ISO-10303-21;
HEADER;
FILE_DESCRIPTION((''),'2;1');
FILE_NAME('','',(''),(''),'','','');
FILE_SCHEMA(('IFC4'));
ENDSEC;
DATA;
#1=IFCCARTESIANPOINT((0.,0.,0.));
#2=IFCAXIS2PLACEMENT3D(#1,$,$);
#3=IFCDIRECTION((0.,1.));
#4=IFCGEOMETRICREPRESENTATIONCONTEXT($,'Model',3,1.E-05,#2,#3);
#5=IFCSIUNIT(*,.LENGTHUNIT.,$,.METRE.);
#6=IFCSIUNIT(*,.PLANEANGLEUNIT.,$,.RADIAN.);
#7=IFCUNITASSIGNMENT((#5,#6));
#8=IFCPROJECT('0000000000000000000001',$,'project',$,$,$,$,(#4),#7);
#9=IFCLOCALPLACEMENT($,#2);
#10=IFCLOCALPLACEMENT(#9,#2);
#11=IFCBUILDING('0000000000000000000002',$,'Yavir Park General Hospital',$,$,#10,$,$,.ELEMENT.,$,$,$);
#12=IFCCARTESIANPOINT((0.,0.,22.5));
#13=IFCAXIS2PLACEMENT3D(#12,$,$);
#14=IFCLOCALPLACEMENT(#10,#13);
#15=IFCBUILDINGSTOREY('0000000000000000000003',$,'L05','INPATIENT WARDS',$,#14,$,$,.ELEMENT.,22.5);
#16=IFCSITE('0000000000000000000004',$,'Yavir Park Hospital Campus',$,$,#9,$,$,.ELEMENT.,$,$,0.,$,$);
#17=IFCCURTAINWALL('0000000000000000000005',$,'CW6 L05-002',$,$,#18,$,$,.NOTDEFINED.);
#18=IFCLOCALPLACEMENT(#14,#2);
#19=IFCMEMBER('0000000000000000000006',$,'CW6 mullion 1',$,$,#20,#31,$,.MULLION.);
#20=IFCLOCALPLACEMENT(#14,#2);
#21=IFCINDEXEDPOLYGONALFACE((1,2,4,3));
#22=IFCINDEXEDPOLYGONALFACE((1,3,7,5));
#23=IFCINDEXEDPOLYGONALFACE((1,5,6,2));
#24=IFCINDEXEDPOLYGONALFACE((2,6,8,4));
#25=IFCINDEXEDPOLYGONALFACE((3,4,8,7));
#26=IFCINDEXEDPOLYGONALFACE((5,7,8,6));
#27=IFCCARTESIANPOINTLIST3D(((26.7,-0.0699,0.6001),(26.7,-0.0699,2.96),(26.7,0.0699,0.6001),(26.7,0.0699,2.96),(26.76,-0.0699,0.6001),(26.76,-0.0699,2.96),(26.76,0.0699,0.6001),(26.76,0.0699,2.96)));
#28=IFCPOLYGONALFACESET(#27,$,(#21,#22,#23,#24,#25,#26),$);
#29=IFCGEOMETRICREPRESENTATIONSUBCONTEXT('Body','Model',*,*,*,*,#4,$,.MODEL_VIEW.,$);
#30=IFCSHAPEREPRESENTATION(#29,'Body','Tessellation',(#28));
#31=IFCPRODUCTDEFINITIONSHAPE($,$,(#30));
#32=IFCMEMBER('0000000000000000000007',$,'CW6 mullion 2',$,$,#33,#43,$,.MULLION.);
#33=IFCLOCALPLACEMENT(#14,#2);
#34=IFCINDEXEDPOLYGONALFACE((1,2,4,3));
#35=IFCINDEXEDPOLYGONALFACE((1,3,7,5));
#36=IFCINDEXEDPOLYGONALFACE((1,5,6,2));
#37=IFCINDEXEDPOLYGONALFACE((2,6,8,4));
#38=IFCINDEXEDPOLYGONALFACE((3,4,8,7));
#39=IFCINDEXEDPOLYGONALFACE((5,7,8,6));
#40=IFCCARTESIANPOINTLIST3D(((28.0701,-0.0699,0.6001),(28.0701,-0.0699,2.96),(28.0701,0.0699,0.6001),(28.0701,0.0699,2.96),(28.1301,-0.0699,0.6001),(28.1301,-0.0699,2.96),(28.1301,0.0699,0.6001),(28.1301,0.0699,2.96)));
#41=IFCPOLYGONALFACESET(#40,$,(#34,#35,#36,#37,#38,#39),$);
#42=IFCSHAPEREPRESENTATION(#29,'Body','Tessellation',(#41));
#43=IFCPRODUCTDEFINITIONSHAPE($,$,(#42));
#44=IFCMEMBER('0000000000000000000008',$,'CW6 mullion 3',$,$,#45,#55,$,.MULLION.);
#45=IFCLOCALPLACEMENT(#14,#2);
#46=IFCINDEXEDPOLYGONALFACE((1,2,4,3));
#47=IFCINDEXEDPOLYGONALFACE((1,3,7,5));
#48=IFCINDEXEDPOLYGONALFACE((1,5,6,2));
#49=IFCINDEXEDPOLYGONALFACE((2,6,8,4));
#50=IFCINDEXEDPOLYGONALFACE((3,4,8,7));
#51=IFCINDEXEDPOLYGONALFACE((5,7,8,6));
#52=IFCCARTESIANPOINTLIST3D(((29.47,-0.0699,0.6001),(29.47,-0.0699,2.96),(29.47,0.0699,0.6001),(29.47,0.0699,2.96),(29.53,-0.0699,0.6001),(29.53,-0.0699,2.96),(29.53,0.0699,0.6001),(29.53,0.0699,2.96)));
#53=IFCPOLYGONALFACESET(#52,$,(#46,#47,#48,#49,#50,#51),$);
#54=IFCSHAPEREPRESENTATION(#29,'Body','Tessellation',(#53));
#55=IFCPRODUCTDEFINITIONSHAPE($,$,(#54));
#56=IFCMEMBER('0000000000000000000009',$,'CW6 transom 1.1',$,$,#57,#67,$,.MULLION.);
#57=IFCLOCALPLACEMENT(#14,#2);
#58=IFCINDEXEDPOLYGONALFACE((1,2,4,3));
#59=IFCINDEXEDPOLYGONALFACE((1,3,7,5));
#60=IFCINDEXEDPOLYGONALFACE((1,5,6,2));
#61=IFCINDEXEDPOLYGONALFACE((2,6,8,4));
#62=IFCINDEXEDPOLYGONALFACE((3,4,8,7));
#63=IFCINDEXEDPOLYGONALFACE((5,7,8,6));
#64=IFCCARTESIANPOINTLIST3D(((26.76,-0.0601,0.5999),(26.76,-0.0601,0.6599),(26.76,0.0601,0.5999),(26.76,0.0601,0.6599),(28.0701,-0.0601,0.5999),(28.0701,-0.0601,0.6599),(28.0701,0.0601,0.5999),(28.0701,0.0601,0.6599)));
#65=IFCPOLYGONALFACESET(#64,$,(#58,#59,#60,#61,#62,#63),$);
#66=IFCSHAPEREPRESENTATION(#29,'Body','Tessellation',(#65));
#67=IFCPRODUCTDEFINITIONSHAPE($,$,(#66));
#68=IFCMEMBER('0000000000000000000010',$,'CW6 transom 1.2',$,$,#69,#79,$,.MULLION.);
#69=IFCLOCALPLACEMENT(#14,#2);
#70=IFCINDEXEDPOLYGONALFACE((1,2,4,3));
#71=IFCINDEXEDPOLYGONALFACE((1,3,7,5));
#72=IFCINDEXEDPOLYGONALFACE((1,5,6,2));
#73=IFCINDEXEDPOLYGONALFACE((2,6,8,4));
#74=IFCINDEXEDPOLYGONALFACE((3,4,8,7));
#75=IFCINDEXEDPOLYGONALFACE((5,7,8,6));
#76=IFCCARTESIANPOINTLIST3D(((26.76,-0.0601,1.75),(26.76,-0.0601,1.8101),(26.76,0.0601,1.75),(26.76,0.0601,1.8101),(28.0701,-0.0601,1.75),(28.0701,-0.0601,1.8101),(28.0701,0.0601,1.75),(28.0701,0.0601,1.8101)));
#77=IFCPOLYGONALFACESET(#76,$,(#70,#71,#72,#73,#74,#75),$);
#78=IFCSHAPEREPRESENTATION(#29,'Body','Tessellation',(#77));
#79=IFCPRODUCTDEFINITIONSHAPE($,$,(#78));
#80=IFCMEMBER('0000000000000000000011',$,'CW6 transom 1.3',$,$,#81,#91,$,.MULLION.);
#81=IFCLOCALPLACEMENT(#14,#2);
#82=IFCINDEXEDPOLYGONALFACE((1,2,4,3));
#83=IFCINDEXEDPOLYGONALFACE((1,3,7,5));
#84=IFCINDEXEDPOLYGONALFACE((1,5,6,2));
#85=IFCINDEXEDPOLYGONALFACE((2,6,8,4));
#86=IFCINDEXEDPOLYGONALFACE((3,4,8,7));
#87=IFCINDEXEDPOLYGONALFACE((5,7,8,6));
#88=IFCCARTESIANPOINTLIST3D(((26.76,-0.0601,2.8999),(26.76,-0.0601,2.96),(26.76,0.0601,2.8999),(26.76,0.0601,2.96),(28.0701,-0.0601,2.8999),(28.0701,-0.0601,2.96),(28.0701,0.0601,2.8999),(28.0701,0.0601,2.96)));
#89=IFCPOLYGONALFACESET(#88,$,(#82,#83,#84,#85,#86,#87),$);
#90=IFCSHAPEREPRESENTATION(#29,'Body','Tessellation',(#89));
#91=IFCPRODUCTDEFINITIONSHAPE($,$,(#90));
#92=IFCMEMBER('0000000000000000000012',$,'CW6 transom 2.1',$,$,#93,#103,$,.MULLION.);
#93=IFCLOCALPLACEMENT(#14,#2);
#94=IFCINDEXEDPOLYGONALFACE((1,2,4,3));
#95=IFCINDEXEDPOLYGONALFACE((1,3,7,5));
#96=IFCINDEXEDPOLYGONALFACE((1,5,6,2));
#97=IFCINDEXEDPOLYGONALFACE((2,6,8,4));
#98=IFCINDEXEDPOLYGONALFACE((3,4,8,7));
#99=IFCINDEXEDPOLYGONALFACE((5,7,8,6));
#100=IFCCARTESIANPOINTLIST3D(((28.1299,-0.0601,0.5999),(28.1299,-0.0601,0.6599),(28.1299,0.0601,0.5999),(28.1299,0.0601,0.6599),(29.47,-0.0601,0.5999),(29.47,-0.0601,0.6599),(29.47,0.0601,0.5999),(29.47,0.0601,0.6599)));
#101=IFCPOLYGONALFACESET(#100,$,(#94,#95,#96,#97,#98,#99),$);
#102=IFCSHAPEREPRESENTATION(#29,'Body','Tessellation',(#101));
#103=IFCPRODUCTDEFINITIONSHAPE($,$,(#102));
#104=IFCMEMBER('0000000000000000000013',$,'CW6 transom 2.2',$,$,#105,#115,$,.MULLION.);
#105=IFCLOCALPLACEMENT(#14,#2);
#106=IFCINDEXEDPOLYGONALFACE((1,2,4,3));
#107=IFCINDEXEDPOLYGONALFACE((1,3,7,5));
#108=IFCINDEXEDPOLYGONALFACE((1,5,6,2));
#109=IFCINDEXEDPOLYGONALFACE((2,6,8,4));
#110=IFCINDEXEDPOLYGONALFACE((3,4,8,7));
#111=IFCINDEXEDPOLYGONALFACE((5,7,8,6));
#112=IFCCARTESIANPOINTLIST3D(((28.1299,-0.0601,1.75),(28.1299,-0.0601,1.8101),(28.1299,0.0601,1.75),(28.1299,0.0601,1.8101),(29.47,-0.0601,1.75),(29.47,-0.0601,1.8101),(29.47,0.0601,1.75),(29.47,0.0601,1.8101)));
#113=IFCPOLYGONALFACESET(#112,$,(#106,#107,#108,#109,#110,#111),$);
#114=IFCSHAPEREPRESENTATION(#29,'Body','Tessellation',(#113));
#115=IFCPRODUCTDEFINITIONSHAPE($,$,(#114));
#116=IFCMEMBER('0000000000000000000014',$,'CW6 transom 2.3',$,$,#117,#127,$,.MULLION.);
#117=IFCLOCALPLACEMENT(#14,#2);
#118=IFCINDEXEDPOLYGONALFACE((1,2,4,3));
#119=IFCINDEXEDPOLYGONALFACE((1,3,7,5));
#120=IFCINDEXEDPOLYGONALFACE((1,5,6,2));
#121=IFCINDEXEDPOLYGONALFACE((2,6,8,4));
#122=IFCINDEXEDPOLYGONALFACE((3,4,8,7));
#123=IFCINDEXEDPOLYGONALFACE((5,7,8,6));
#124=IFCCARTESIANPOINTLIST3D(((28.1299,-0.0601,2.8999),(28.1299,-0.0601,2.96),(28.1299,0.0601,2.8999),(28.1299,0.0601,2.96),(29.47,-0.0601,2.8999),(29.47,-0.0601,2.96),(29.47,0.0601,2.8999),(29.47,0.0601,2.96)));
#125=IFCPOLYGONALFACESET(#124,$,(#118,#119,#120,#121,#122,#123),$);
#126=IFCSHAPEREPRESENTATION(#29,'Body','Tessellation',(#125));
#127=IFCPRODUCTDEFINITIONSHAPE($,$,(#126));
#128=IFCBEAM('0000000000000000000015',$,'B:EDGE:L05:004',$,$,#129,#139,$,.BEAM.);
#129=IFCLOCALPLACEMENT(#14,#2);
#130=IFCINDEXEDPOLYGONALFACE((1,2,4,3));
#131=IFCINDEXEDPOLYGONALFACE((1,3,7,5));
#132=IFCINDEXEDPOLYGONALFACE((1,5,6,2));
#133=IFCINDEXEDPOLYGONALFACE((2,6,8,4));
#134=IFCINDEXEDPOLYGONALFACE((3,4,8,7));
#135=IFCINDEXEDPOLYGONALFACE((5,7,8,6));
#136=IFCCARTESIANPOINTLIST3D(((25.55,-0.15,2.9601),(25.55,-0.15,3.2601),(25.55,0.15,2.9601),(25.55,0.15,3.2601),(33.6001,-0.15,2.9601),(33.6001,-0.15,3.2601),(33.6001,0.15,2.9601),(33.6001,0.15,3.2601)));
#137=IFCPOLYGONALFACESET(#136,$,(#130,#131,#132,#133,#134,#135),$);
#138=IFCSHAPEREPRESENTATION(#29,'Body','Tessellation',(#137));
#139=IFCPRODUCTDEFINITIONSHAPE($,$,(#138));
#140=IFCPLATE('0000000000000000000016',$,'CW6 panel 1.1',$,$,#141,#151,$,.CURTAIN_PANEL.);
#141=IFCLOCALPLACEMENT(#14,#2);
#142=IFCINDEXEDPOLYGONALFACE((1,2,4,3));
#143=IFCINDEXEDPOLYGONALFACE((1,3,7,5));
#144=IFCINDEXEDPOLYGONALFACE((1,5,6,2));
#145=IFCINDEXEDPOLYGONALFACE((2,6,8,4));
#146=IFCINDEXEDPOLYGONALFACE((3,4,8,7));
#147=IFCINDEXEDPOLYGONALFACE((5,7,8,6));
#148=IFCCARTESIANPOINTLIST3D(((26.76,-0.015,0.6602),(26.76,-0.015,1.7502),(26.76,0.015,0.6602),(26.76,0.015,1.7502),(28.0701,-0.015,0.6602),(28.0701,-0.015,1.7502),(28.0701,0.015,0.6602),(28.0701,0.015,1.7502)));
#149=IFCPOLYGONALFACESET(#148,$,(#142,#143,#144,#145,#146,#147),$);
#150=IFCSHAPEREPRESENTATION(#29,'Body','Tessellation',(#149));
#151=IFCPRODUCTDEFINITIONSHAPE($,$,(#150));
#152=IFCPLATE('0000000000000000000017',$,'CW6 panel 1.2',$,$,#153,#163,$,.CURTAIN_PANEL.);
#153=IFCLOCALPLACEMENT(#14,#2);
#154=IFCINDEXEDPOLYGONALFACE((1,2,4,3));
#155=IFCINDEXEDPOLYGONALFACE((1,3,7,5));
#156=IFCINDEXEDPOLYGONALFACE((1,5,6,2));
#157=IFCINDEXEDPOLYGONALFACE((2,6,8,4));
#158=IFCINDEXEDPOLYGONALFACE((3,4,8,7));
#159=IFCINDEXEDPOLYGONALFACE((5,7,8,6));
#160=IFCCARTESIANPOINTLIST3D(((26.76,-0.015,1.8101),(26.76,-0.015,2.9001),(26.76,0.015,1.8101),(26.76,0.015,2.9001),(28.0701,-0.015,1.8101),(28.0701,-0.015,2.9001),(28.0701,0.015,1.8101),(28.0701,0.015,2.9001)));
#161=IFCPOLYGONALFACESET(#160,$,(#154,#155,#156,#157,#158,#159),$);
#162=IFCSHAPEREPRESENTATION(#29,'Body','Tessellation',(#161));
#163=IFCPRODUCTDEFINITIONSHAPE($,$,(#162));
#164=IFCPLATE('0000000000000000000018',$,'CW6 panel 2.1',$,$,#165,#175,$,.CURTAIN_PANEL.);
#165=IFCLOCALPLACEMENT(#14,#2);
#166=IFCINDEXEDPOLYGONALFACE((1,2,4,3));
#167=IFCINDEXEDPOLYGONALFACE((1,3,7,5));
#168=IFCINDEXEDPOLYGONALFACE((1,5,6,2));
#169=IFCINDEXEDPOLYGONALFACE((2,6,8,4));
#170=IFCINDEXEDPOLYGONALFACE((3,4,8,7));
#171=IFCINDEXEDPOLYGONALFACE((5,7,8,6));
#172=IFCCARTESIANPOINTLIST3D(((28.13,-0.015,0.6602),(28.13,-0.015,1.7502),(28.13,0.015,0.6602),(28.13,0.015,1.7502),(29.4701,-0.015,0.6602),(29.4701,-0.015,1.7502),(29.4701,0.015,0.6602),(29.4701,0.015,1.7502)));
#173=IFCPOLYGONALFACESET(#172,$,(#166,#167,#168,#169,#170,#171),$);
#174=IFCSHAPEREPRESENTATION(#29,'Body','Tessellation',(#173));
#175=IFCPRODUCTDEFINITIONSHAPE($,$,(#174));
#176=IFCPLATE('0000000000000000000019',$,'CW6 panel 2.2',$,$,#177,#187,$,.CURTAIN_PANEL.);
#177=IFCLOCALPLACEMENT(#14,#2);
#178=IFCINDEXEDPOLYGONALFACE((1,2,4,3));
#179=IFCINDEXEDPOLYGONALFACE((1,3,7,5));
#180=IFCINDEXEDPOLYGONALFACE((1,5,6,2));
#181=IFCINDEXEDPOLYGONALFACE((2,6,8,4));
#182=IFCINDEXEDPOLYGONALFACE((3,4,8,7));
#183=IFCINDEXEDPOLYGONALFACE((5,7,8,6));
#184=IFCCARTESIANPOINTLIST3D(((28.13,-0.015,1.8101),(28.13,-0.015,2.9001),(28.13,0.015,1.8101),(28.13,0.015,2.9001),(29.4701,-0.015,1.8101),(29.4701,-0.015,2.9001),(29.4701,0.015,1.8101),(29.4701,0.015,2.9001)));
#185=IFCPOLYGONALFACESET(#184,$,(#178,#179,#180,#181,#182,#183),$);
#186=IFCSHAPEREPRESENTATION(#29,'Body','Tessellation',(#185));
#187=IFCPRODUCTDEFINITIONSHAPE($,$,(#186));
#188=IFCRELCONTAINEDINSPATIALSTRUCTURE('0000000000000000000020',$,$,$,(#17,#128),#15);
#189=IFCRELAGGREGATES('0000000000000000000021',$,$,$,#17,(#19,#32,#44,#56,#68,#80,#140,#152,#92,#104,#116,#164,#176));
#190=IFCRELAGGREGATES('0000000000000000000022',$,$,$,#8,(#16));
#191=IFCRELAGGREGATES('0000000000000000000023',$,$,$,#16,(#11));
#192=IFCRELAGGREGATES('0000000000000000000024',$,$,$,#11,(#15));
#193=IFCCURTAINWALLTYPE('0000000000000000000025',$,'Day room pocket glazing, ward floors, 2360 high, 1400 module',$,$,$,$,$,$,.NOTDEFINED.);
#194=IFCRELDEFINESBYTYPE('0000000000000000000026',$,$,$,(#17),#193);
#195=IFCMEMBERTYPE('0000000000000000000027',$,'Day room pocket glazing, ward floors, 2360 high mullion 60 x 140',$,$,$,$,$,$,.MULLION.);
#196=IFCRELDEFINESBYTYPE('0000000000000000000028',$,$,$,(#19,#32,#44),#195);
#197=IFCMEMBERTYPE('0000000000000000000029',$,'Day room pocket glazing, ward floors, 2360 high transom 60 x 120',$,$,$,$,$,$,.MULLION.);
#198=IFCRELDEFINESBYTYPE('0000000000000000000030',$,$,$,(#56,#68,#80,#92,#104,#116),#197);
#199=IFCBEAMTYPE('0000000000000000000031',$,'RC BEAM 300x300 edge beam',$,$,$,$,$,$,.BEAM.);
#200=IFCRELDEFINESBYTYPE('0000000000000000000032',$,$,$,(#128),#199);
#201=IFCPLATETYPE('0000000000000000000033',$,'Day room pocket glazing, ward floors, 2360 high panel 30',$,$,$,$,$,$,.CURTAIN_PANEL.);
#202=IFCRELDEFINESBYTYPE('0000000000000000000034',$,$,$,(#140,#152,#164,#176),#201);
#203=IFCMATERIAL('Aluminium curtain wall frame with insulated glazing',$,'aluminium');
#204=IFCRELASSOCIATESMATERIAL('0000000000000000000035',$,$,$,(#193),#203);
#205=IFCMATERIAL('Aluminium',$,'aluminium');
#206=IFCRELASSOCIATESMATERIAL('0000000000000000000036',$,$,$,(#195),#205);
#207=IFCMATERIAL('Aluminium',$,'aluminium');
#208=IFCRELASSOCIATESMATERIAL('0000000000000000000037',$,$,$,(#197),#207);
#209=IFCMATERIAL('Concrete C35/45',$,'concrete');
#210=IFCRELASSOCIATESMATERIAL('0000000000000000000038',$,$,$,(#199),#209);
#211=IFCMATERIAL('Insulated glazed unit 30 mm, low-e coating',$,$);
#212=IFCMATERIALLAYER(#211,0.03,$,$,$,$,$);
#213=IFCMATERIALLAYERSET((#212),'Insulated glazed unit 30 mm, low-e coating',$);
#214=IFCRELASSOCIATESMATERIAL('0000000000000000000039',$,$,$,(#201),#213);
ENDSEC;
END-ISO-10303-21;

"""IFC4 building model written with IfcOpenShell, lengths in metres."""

from ifc_helpers import new_model, si_unit, direction, frame, origin, origin_2d, place, context, subcontext, project, spatial, rectangle, extrude, material, layer, layer_set, material_profile, profile_set, type_object, element, aggregate, save


model = new_model("IFC4")

# Units and contexts
model_context = context("Model", 3, precision=1e-05, world=origin(), true_north=direction((0.0, 1.0)))
body_context = subcontext(model_context, "Body", "Model", "MODEL_VIEW")
ifc_project = project(units=[si_unit("LENGTHUNIT", "METRE"), si_unit("PLANEANGLEUNIT", "RADIAN")], contexts=[model_context])

# Site, building, storey
site_placement = place(None, origin())
site = spatial("IfcSite", under=ifc_project, at=site_placement, Name="Yavir Park Hospital Campus", CompositionType="ELEMENT", RefElevation=0.0)
building_placement = place(site_placement, origin())
building = spatial("IfcBuilding", under=site, at=building_placement, Name="Yavir Park General Hospital", CompositionType="ELEMENT")
storey_placement = place(building_placement, frame((0.0, 0.0, 22.5)))
storey = spatial("IfcBuildingStorey", under=building, at=storey_placement, Name="L05", Description="INPATIENT WARDS", CompositionType="ELEMENT", Elevation=22.5)

# Curtain wall, members
ifc_material_1 = material(Name="Aluminium curtain wall frame with insulated glazing", Category="aluminium")
curtain_wall_type = type_object("IfcCurtainWallType", Name="Day room pocket glazing, ward floors, 2360 high, 1400 module", PredefinedType="NOTDEFINED", material=ifc_material_1)
curtain_wall_placement = place(storey_placement, origin())
curtain_wall = element("IfcCurtainWall", 1, at=curtain_wall_placement, inside=storey, type_object=curtain_wall_type, Name="CW6 L05-002", PredefinedType="NOTDEFINED")
ifc_material_2 = material(Name="Aluminium", Category="aluminium")
ifc_material_profile_1 = material_profile(ifc_material_2, rectangle(XDim=0.1399, YDim=0.0601, at=origin_2d()), Name="AL 60x140")
ifc_profile_set_1 = profile_set([ifc_material_profile_1], Name="Aluminium")
member_type_1 = type_object("IfcMemberType", Name="Day room pocket glazing, ward floors, 2360 high mullion 60 x 140", PredefinedType="MULLION", material=ifc_profile_set_1)
member_1_placement = place(storey_placement, frame((26.73, 0.0, 0.6001), z_axis=(0.0, 0.0, 1.0), x_axis=(0.0, 1.0, 0.0)))
member_1 = element("IfcMember", 2, at=member_1_placement, type_object=member_type_1, Name="CW6 mullion 1", PredefinedType="MULLION", context=body_context, shape_type="SweptSolid", body=[
    extrude(rectangle(XDim=0.1399, YDim=0.0601, at=origin_2d()), origin(), (0.0, 0.0, 1.0), 2.3599),
])
member_2_placement = place(storey_placement, frame((28.1001, 0.0, 0.6001), z_axis=(0.0, 0.0, 1.0), x_axis=(0.0, 1.0, 0.0)))
member_2 = element("IfcMember", 3, at=member_2_placement, type_object=member_type_1, Name="CW6 mullion 2", PredefinedType="MULLION", context=body_context, shape_type="SweptSolid", body=[
    extrude(rectangle(XDim=0.1399, YDim=0.0601, at=origin_2d()), origin(), (0.0, 0.0, 1.0), 2.3599),
])
member_3_placement = place(storey_placement, frame((29.5, 0.0, 0.6001), z_axis=(0.0, 0.0, 1.0), x_axis=(0.0, 1.0, 0.0)))
member_3 = element("IfcMember", 4, at=member_3_placement, type_object=member_type_1, Name="CW6 mullion 3", PredefinedType="MULLION", context=body_context, shape_type="SweptSolid", body=[
    extrude(rectangle(XDim=0.1399, YDim=0.0601, at=origin_2d()), origin(), (0.0, 0.0, 1.0), 2.3599),
])
ifc_material_3 = material(Name="Aluminium", Category="aluminium")
ifc_material_profile_2 = material_profile(ifc_material_3, rectangle(XDim=0.1201, YDim=0.0601, at=origin_2d()), Name="AL 120x60")
ifc_profile_set_2 = profile_set([ifc_material_profile_2], Name="Aluminium")
member_type_2 = type_object("IfcMemberType", Name="Day room pocket glazing, ward floors, 2360 high transom 60 x 120", PredefinedType="MULLION", material=ifc_profile_set_2)
member_4_placement = place(storey_placement, frame((26.76, 0.0, 0.6299), z_axis=(1.0, 0.0, 0.0), x_axis=(0.0, 1.0, 0.0)))
member_4 = element("IfcMember", 5, at=member_4_placement, type_object=member_type_2, Name="CW6 transom 1.1", PredefinedType="MULLION", context=body_context, shape_type="SweptSolid", body=[
    extrude(rectangle(XDim=0.1201, YDim=0.0601, at=origin_2d()), origin(), (0.0, 0.0, 1.0), 1.3101),
])
member_5_placement = place(storey_placement, frame((26.76, 0.0, 1.78), z_axis=(1.0, 0.0, 0.0), x_axis=(0.0, 1.0, 0.0)))
member_5 = element("IfcMember", 6, at=member_5_placement, type_object=member_type_2, Name="CW6 transom 1.2", PredefinedType="MULLION", context=body_context, shape_type="SweptSolid", body=[
    extrude(rectangle(XDim=0.1201, YDim=0.0601, at=origin_2d()), origin(), (0.0, 0.0, 1.0), 1.3101),
])
member_6_placement = place(storey_placement, frame((26.76, 0.0, 2.9299), z_axis=(1.0, 0.0, 0.0), x_axis=(0.0, 1.0, 0.0)))
member_6 = element("IfcMember", 7, at=member_6_placement, type_object=member_type_2, Name="CW6 transom 1.3", PredefinedType="MULLION", context=body_context, shape_type="SweptSolid", body=[
    extrude(rectangle(XDim=0.1201, YDim=0.0601, at=origin_2d()), origin(), (0.0, 0.0, 1.0), 1.3101),
])
member_7_placement = place(storey_placement, frame((28.1299, 0.0, 0.6299), z_axis=(1.0, 0.0, 0.0), x_axis=(0.0, 1.0, 0.0)))
member_7 = element("IfcMember", 8, at=member_7_placement, type_object=member_type_2, Name="CW6 transom 2.1", PredefinedType="MULLION", context=body_context, shape_type="SweptSolid", body=[
    extrude(rectangle(XDim=0.1201, YDim=0.0601, at=origin_2d()), origin(), (0.0, 0.0, 1.0), 1.3401),
])
member_8_placement = place(storey_placement, frame((28.1299, 0.0, 1.78), z_axis=(1.0, 0.0, 0.0), x_axis=(0.0, 1.0, 0.0)))
member_8 = element("IfcMember", 9, at=member_8_placement, type_object=member_type_2, Name="CW6 transom 2.2", PredefinedType="MULLION", context=body_context, shape_type="SweptSolid", body=[
    extrude(rectangle(XDim=0.1201, YDim=0.0601, at=origin_2d()), origin(), (0.0, 0.0, 1.0), 1.3401),
])
member_9_placement = place(storey_placement, frame((28.1299, 0.0, 2.9299), z_axis=(1.0, 0.0, 0.0), x_axis=(0.0, 1.0, 0.0)))
member_9 = element("IfcMember", 10, at=member_9_placement, type_object=member_type_2, Name="CW6 transom 2.3", PredefinedType="MULLION", context=body_context, shape_type="SweptSolid", body=[
    extrude(rectangle(XDim=0.1201, YDim=0.0601, at=origin_2d()), origin(), (0.0, 0.0, 1.0), 1.3401),
])

# Beam
ifc_material_4 = material(Name="Concrete C35/45", Category="concrete")
ifc_material_profile_3 = material_profile(ifc_material_4, rectangle(XDim=0.3, YDim=0.3, at=origin_2d()), Name="RC300x300")
ifc_profile_set_3 = profile_set([ifc_material_profile_3], Name="Concrete C35/45")
beam_type = type_object("IfcBeamType", Name="RC BEAM 300x300 edge beam", PredefinedType="BEAM", material=ifc_profile_set_3)
beam_placement = place(storey_placement, frame((25.55, 0.0, 3.1101), z_axis=(1.0, 0.0, 0.0), x_axis=(0.0, 1.0, 0.0)))
element("IfcBeam", 11, at=beam_placement, inside=storey, type_object=beam_type, Name="B:EDGE:L05:004", PredefinedType="BEAM", context=body_context, shape_type="SweptSolid", body=[
    extrude(rectangle(XDim=0.3, YDim=0.3, at=origin_2d()), origin(), (0.0, 0.0, 1.0), 8.05),
])

# Plates
ifc_material_5 = material(Name="Insulated glazed unit 30 mm, low-e coating")
ifc_layer_1 = layer(ifc_material_5, 0.03)
ifc_layer_set_1 = layer_set([ifc_layer_1], Name="Insulated glazed unit 30 mm, low-e coating")
plate_type = type_object("IfcPlateType", Name="Day room pocket glazing, ward floors, 2360 high panel 30", PredefinedType="CURTAIN_PANEL", material=ifc_layer_set_1)
plate_1_placement = place(storey_placement, frame((27.415, 0.0, 0.6602), z_axis=(0.0, 0.0, 1.0), x_axis=(1.0, 0.0, 0.0)))
plate_1 = element("IfcPlate", 12, at=plate_1_placement, type_object=plate_type, Name="CW6 panel 1.1", PredefinedType="CURTAIN_PANEL", context=body_context, shape_type="SweptSolid", body=[
    extrude(rectangle(XDim=1.3101, YDim=0.03, at=origin_2d()), origin(), (0.0, 0.0, 1.0), 1.0901),
])
plate_2_placement = place(storey_placement, frame((27.415, 0.0, 1.8101), z_axis=(0.0, 0.0, 1.0), x_axis=(1.0, 0.0, 0.0)))
plate_2 = element("IfcPlate", 13, at=plate_2_placement, type_object=plate_type, Name="CW6 panel 1.2", PredefinedType="CURTAIN_PANEL", context=body_context, shape_type="SweptSolid", body=[
    extrude(rectangle(XDim=1.3101, YDim=0.03, at=origin_2d()), origin(), (0.0, 0.0, 1.0), 1.0901),
])
plate_3_placement = place(storey_placement, frame((28.8, 0.0, 0.6602), z_axis=(0.0, 0.0, 1.0), x_axis=(1.0, 0.0, 0.0)))
plate_3 = element("IfcPlate", 14, at=plate_3_placement, type_object=plate_type, Name="CW6 panel 2.1", PredefinedType="CURTAIN_PANEL", context=body_context, shape_type="SweptSolid", body=[
    extrude(rectangle(XDim=1.3401, YDim=0.03, at=origin_2d()), origin(), (0.0, 0.0, 1.0), 1.0901),
])
plate_4_placement = place(storey_placement, frame((28.8, 0.0, 1.8101), z_axis=(0.0, 0.0, 1.0), x_axis=(1.0, 0.0, 0.0)))
plate_4 = element("IfcPlate", 15, at=plate_4_placement, type_object=plate_type, Name="CW6 panel 2.2", PredefinedType="CURTAIN_PANEL", context=body_context, shape_type="SweptSolid", body=[
    extrude(rectangle(XDim=1.3401, YDim=0.03, at=origin_2d()), origin(), (0.0, 0.0, 1.0), 1.0901),
])
aggregate(curtain_wall, [member_1, member_2, member_3, member_4, member_5, member_6, plate_1, plate_2, member_7, member_8, member_9, plate_3, plate_4])

save(model, "model.ifc")
